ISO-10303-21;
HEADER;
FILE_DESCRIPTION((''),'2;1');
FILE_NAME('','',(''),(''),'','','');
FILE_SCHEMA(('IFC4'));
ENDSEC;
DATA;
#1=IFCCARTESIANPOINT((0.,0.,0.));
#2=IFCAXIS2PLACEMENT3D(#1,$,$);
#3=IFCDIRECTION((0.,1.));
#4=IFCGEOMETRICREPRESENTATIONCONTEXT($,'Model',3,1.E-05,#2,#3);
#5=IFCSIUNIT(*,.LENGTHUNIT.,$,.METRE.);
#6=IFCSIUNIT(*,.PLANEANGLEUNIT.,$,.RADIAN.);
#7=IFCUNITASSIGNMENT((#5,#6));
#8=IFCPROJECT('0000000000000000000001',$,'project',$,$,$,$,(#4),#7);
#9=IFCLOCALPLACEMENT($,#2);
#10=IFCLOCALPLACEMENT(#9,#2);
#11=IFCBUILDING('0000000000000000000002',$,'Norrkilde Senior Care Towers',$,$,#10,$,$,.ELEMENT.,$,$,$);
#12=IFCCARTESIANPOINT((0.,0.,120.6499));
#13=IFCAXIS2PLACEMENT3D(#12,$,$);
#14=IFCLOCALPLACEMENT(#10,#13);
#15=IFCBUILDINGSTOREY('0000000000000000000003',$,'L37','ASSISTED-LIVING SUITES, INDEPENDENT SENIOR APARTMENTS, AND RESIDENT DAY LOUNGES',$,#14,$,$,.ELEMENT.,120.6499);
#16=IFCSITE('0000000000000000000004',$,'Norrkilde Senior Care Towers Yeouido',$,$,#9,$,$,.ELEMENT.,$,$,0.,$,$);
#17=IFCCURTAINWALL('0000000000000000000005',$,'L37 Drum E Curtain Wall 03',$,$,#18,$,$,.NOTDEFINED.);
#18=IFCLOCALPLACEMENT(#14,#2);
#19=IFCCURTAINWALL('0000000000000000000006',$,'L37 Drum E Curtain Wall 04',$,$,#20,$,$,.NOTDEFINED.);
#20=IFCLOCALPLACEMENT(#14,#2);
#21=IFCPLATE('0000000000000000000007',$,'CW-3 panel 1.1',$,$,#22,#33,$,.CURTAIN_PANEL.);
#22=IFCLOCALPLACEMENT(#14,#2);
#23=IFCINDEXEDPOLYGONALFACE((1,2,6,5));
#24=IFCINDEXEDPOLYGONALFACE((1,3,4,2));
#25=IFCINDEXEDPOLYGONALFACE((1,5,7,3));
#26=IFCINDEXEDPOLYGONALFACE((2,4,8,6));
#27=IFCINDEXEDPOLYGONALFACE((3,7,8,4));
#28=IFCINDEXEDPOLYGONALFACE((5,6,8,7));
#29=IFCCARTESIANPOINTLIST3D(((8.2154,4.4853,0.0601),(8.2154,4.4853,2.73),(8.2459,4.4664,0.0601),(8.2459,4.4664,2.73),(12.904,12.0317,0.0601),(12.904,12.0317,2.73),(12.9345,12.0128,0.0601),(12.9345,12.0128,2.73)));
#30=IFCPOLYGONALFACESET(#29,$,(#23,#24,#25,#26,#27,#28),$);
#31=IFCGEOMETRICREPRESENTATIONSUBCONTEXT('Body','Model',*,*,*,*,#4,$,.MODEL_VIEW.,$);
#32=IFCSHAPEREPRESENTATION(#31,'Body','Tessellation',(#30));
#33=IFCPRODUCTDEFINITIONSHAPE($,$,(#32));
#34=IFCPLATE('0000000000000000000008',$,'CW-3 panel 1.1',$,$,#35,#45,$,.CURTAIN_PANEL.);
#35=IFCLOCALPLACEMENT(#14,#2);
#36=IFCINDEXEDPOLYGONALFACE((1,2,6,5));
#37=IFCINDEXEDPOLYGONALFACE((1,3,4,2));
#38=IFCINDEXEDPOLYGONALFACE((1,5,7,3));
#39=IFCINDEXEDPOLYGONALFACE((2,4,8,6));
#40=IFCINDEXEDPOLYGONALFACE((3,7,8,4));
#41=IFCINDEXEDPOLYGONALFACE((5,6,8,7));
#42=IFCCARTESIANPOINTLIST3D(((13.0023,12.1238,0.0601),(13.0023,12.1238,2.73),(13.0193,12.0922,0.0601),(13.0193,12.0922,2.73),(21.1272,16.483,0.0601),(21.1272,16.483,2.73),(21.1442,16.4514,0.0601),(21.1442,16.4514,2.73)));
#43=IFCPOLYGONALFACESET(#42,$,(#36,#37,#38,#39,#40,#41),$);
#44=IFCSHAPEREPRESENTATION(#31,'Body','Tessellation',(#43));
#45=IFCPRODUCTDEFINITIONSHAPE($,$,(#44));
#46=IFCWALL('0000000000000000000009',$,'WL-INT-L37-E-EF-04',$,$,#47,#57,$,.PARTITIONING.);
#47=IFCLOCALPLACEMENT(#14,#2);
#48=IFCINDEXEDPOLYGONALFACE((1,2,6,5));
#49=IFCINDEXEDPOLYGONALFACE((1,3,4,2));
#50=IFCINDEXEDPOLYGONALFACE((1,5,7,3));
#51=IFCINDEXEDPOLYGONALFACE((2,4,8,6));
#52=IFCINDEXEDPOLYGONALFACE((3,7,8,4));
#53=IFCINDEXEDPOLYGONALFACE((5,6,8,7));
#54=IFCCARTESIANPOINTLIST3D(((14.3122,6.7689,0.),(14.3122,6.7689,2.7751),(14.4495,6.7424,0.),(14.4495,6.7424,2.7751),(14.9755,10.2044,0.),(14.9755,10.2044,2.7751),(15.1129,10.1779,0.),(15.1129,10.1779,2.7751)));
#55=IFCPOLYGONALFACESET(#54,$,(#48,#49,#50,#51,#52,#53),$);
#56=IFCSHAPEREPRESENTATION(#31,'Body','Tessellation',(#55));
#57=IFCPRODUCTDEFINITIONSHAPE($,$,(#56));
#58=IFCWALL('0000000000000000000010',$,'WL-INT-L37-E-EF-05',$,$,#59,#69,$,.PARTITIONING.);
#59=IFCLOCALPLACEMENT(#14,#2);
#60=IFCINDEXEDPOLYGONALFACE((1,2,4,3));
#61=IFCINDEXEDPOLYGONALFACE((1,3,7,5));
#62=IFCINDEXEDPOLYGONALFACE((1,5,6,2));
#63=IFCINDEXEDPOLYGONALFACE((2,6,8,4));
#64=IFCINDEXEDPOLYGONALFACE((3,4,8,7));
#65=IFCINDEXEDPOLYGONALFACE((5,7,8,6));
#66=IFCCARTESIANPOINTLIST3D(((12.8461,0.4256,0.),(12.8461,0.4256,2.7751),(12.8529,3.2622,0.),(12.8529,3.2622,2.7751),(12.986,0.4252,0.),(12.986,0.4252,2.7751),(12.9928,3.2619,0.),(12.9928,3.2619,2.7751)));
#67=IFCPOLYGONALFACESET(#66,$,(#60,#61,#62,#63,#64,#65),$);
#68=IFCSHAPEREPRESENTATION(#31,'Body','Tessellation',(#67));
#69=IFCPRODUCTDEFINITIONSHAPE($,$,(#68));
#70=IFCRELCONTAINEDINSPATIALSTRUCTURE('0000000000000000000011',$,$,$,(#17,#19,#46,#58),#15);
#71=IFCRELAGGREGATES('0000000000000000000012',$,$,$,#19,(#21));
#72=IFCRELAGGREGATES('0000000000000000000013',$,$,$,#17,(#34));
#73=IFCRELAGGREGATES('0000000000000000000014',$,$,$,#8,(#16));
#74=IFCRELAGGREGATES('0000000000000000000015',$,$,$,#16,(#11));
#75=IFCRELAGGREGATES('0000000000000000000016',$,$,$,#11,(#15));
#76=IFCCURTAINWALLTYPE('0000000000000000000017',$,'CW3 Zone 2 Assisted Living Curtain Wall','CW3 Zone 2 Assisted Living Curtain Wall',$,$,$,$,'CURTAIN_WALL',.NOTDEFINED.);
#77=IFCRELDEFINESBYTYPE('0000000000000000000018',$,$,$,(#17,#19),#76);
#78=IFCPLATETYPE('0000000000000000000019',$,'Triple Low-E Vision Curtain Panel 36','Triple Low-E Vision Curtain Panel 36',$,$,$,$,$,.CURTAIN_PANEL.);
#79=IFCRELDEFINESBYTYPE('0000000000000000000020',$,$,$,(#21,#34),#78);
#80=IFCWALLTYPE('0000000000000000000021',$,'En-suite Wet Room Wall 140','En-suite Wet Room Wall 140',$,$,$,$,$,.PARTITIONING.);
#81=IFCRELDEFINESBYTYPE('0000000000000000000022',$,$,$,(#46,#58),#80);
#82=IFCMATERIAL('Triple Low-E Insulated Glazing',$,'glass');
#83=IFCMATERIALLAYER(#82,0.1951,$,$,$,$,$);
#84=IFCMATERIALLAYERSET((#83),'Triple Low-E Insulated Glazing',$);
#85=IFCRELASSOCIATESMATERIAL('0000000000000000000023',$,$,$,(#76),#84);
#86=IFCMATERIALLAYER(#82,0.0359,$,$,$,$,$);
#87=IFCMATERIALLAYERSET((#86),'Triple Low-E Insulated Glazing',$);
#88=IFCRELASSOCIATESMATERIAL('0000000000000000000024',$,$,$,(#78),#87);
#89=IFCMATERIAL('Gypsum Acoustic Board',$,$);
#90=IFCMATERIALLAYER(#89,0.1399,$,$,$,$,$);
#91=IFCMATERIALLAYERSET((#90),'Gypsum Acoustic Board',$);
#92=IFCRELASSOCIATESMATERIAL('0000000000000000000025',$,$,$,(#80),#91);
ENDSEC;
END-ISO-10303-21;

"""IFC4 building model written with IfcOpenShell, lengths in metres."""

from ifc_helpers import new_model, si_unit, direction, frame, frame_2d, origin, origin_2d, place, context, subcontext, project, spatial, rectangle, extrude, source, transform, mapped, material, layer, layer_set, type_object, type_shapes, element, aggregate, save


model = new_model("IFC4")

# Units and contexts
model_context = context("Model", 3, precision=1e-05, world=origin(), true_north=direction((0.0, 1.0)))
body_context = subcontext(model_context, "Body", "Model", "MODEL_VIEW")
ifc_project = project(units=[si_unit("LENGTHUNIT", "METRE"), si_unit("PLANEANGLEUNIT", "RADIAN")], contexts=[model_context])

# Site, building, storey
site_placement = place(None, origin())
site = spatial("IfcSite", under=ifc_project, at=site_placement, Name="Norrkilde Senior Care Towers Yeouido", CompositionType="ELEMENT", RefElevation=0.0)
building_placement = place(site_placement, origin())
building = spatial("IfcBuilding", under=site, at=building_placement, Name="Norrkilde Senior Care Towers", CompositionType="ELEMENT")
storey_placement = place(building_placement, frame((0.0, 0.0, 120.6499)))
storey = spatial("IfcBuildingStorey", under=building, at=storey_placement, Name="L37", Description="ASSISTED-LIVING SUITES, INDEPENDENT SENIOR APARTMENTS, AND RESIDENT DAY LOUNGES", CompositionType="ELEMENT", Elevation=120.6499)

# Curtain wall
ifc_material_1 = material(Name="Triple Low-E Insulated Glazing", Category="glass")
ifc_layer_1 = layer(ifc_material_1, 0.1951)
ifc_layer_set_1 = layer_set([ifc_layer_1], Name="Triple Low-E Insulated Glazing")
curtain_wall_type = type_object("IfcCurtainWallType", Name="CW3 Zone 2 Assisted Living Curtain Wall", Description="CW3 Zone 2 Assisted Living Curtain Wall", ElementType="CURTAIN_WALL", PredefinedType="NOTDEFINED", material=ifc_layer_set_1)
curtain_wall_1_placement = place(storey_placement, origin())
curtain_wall_1 = element("IfcCurtainWall", 1, at=curtain_wall_1_placement, inside=storey, type_object=curtain_wall_type, Name="L37 Drum E Curtain Wall 03", PredefinedType="NOTDEFINED")

# Curtain wall
curtain_wall_2_placement = place(storey_placement, origin())
curtain_wall_2 = element("IfcCurtainWall", 2, at=curtain_wall_2_placement, inside=storey, type_object=curtain_wall_type, Name="L37 Drum E Curtain Wall 04", PredefinedType="NOTDEFINED")

# Plates
ifc_layer_2 = layer(ifc_material_1, 0.0359)
ifc_layer_set_2 = layer_set([ifc_layer_2], Name="Triple Low-E Insulated Glazing")
plate_type = type_object("IfcPlateType", Name="Triple Low-E Vision Curtain Panel 36", Description="Triple Low-E Vision Curtain Panel 36", PredefinedType="CURTAIN_PANEL", material=ifc_layer_set_2)
shared_shape_1 = source(origin(), body_context, "Body", "SweptSolid", [
    extrude(rectangle(XDim=8.8843, YDim=0.0359, at=origin_2d()), origin(), (0.0, 0.0, 1.0), 2.6699),
])
plate_1_placement = place(storey_placement, frame((10.575, 8.249, 0.0601), z_axis=(0.0, 0.0, 1.0), x_axis=(0.527733, 0.84941, 0.0)))
plate_1 = element("IfcPlate", 3, at=plate_1_placement, type_object=plate_type, Name="CW-3 panel 1.1", PredefinedType="CURTAIN_PANEL", context=body_context, shape_type="MappedRepresentation", body=[
    mapped(shared_shape_1, transform((0.0, 0.0, 0.0), x_axis=(1.0, 0.0, 0.0), y_axis=(0.0, 1.0, 0.0), z_axis=(0.0, 0.0, 1.0), scale=1.0)),
])
aggregate(curtain_wall_2, [plate_1])
shared_shape_2 = source(origin(), body_context, "Body", "SweptSolid", [
    extrude(rectangle(XDim=9.2205, YDim=0.0359, at=origin_2d()), origin(), (0.0, 0.0, 1.0), 2.6699),
])
type_shapes(plate_type, [shared_shape_1, shared_shape_2])
plate_2_placement = place(storey_placement, frame((17.0732, 14.2876, 0.0601), z_axis=(0.0, 0.0, 1.0), x_axis=(0.881186, 0.472769, 0.0)))
plate_2 = element("IfcPlate", 4, at=plate_2_placement, type_object=plate_type, Name="CW-3 panel 1.1", PredefinedType="CURTAIN_PANEL", context=body_context, shape_type="MappedRepresentation", body=[
    mapped(shared_shape_2, transform((0.0, 0.0, 0.0), x_axis=(1.0, 0.0, 0.0), y_axis=(0.0, 1.0, 0.0), z_axis=(0.0, 0.0, 1.0), scale=1.0)),
])
aggregate(curtain_wall_1, [plate_2])

# Walls
ifc_material_2 = material(Name="Gypsum Acoustic Board")
ifc_layer_3 = layer(ifc_material_2, 0.1399)
ifc_layer_set_3 = layer_set([ifc_layer_3], Name="Gypsum Acoustic Board")
wall_type = type_object("IfcWallType", Name="En-suite Wet Room Wall 140", Description="En-suite Wet Room Wall 140", PredefinedType="PARTITIONING", material=ifc_layer_set_3)
shared_shape_3 = source(origin(), body_context, "Body", "SweptSolid", [
    extrude(rectangle(XDim=3.499, YDim=0.1399, at=frame_2d((1.7495, 0.0))), origin(), (0.0, 0.0, 1.0), 2.7751),
])
wall_1_placement = place(storey_placement, frame((14.3809, 6.7556, 0.0), z_axis=(0.0, 0.0, 1.0), x_axis=(0.189577, 0.981866, 0.0)))
element("IfcWall", 5, at=wall_1_placement, inside=storey, type_object=wall_type, Name="WL-INT-L37-E-EF-04", PredefinedType="PARTITIONING", context=body_context, shape_type="MappedRepresentation", body=[
    mapped(shared_shape_3, transform((0.0, 0.0, 0.0), x_axis=(1.0, 0.0, 0.0), y_axis=(0.0, 1.0, 0.0), z_axis=(0.0, 0.0, 1.0), scale=1.0)),
])
shared_shape_4 = source(origin(), body_context, "Body", "SweptSolid", [
    extrude(rectangle(XDim=2.8367, YDim=0.1399, at=frame_2d((1.4185, 0.0))), origin(), (0.0, 0.0, 1.0), 2.7751),
])
type_shapes(wall_type, [shared_shape_3, shared_shape_4])
wall_2_placement = place(storey_placement, frame((12.916, 0.4253, 0.0), z_axis=(0.0, 0.0, 1.0), x_axis=(0.00241, 0.999997, 0.0)))
element("IfcWall", 6, at=wall_2_placement, inside=storey, type_object=wall_type, Name="WL-INT-L37-E-EF-05", PredefinedType="PARTITIONING", context=body_context, shape_type="MappedRepresentation", body=[
    mapped(shared_shape_4, transform((0.0, 0.0, 0.0), x_axis=(1.0, 0.0, 0.0), y_axis=(0.0, 1.0, 0.0), z_axis=(0.0, 0.0, 1.0), scale=1.0)),
])

save(model, "model.ifc")
